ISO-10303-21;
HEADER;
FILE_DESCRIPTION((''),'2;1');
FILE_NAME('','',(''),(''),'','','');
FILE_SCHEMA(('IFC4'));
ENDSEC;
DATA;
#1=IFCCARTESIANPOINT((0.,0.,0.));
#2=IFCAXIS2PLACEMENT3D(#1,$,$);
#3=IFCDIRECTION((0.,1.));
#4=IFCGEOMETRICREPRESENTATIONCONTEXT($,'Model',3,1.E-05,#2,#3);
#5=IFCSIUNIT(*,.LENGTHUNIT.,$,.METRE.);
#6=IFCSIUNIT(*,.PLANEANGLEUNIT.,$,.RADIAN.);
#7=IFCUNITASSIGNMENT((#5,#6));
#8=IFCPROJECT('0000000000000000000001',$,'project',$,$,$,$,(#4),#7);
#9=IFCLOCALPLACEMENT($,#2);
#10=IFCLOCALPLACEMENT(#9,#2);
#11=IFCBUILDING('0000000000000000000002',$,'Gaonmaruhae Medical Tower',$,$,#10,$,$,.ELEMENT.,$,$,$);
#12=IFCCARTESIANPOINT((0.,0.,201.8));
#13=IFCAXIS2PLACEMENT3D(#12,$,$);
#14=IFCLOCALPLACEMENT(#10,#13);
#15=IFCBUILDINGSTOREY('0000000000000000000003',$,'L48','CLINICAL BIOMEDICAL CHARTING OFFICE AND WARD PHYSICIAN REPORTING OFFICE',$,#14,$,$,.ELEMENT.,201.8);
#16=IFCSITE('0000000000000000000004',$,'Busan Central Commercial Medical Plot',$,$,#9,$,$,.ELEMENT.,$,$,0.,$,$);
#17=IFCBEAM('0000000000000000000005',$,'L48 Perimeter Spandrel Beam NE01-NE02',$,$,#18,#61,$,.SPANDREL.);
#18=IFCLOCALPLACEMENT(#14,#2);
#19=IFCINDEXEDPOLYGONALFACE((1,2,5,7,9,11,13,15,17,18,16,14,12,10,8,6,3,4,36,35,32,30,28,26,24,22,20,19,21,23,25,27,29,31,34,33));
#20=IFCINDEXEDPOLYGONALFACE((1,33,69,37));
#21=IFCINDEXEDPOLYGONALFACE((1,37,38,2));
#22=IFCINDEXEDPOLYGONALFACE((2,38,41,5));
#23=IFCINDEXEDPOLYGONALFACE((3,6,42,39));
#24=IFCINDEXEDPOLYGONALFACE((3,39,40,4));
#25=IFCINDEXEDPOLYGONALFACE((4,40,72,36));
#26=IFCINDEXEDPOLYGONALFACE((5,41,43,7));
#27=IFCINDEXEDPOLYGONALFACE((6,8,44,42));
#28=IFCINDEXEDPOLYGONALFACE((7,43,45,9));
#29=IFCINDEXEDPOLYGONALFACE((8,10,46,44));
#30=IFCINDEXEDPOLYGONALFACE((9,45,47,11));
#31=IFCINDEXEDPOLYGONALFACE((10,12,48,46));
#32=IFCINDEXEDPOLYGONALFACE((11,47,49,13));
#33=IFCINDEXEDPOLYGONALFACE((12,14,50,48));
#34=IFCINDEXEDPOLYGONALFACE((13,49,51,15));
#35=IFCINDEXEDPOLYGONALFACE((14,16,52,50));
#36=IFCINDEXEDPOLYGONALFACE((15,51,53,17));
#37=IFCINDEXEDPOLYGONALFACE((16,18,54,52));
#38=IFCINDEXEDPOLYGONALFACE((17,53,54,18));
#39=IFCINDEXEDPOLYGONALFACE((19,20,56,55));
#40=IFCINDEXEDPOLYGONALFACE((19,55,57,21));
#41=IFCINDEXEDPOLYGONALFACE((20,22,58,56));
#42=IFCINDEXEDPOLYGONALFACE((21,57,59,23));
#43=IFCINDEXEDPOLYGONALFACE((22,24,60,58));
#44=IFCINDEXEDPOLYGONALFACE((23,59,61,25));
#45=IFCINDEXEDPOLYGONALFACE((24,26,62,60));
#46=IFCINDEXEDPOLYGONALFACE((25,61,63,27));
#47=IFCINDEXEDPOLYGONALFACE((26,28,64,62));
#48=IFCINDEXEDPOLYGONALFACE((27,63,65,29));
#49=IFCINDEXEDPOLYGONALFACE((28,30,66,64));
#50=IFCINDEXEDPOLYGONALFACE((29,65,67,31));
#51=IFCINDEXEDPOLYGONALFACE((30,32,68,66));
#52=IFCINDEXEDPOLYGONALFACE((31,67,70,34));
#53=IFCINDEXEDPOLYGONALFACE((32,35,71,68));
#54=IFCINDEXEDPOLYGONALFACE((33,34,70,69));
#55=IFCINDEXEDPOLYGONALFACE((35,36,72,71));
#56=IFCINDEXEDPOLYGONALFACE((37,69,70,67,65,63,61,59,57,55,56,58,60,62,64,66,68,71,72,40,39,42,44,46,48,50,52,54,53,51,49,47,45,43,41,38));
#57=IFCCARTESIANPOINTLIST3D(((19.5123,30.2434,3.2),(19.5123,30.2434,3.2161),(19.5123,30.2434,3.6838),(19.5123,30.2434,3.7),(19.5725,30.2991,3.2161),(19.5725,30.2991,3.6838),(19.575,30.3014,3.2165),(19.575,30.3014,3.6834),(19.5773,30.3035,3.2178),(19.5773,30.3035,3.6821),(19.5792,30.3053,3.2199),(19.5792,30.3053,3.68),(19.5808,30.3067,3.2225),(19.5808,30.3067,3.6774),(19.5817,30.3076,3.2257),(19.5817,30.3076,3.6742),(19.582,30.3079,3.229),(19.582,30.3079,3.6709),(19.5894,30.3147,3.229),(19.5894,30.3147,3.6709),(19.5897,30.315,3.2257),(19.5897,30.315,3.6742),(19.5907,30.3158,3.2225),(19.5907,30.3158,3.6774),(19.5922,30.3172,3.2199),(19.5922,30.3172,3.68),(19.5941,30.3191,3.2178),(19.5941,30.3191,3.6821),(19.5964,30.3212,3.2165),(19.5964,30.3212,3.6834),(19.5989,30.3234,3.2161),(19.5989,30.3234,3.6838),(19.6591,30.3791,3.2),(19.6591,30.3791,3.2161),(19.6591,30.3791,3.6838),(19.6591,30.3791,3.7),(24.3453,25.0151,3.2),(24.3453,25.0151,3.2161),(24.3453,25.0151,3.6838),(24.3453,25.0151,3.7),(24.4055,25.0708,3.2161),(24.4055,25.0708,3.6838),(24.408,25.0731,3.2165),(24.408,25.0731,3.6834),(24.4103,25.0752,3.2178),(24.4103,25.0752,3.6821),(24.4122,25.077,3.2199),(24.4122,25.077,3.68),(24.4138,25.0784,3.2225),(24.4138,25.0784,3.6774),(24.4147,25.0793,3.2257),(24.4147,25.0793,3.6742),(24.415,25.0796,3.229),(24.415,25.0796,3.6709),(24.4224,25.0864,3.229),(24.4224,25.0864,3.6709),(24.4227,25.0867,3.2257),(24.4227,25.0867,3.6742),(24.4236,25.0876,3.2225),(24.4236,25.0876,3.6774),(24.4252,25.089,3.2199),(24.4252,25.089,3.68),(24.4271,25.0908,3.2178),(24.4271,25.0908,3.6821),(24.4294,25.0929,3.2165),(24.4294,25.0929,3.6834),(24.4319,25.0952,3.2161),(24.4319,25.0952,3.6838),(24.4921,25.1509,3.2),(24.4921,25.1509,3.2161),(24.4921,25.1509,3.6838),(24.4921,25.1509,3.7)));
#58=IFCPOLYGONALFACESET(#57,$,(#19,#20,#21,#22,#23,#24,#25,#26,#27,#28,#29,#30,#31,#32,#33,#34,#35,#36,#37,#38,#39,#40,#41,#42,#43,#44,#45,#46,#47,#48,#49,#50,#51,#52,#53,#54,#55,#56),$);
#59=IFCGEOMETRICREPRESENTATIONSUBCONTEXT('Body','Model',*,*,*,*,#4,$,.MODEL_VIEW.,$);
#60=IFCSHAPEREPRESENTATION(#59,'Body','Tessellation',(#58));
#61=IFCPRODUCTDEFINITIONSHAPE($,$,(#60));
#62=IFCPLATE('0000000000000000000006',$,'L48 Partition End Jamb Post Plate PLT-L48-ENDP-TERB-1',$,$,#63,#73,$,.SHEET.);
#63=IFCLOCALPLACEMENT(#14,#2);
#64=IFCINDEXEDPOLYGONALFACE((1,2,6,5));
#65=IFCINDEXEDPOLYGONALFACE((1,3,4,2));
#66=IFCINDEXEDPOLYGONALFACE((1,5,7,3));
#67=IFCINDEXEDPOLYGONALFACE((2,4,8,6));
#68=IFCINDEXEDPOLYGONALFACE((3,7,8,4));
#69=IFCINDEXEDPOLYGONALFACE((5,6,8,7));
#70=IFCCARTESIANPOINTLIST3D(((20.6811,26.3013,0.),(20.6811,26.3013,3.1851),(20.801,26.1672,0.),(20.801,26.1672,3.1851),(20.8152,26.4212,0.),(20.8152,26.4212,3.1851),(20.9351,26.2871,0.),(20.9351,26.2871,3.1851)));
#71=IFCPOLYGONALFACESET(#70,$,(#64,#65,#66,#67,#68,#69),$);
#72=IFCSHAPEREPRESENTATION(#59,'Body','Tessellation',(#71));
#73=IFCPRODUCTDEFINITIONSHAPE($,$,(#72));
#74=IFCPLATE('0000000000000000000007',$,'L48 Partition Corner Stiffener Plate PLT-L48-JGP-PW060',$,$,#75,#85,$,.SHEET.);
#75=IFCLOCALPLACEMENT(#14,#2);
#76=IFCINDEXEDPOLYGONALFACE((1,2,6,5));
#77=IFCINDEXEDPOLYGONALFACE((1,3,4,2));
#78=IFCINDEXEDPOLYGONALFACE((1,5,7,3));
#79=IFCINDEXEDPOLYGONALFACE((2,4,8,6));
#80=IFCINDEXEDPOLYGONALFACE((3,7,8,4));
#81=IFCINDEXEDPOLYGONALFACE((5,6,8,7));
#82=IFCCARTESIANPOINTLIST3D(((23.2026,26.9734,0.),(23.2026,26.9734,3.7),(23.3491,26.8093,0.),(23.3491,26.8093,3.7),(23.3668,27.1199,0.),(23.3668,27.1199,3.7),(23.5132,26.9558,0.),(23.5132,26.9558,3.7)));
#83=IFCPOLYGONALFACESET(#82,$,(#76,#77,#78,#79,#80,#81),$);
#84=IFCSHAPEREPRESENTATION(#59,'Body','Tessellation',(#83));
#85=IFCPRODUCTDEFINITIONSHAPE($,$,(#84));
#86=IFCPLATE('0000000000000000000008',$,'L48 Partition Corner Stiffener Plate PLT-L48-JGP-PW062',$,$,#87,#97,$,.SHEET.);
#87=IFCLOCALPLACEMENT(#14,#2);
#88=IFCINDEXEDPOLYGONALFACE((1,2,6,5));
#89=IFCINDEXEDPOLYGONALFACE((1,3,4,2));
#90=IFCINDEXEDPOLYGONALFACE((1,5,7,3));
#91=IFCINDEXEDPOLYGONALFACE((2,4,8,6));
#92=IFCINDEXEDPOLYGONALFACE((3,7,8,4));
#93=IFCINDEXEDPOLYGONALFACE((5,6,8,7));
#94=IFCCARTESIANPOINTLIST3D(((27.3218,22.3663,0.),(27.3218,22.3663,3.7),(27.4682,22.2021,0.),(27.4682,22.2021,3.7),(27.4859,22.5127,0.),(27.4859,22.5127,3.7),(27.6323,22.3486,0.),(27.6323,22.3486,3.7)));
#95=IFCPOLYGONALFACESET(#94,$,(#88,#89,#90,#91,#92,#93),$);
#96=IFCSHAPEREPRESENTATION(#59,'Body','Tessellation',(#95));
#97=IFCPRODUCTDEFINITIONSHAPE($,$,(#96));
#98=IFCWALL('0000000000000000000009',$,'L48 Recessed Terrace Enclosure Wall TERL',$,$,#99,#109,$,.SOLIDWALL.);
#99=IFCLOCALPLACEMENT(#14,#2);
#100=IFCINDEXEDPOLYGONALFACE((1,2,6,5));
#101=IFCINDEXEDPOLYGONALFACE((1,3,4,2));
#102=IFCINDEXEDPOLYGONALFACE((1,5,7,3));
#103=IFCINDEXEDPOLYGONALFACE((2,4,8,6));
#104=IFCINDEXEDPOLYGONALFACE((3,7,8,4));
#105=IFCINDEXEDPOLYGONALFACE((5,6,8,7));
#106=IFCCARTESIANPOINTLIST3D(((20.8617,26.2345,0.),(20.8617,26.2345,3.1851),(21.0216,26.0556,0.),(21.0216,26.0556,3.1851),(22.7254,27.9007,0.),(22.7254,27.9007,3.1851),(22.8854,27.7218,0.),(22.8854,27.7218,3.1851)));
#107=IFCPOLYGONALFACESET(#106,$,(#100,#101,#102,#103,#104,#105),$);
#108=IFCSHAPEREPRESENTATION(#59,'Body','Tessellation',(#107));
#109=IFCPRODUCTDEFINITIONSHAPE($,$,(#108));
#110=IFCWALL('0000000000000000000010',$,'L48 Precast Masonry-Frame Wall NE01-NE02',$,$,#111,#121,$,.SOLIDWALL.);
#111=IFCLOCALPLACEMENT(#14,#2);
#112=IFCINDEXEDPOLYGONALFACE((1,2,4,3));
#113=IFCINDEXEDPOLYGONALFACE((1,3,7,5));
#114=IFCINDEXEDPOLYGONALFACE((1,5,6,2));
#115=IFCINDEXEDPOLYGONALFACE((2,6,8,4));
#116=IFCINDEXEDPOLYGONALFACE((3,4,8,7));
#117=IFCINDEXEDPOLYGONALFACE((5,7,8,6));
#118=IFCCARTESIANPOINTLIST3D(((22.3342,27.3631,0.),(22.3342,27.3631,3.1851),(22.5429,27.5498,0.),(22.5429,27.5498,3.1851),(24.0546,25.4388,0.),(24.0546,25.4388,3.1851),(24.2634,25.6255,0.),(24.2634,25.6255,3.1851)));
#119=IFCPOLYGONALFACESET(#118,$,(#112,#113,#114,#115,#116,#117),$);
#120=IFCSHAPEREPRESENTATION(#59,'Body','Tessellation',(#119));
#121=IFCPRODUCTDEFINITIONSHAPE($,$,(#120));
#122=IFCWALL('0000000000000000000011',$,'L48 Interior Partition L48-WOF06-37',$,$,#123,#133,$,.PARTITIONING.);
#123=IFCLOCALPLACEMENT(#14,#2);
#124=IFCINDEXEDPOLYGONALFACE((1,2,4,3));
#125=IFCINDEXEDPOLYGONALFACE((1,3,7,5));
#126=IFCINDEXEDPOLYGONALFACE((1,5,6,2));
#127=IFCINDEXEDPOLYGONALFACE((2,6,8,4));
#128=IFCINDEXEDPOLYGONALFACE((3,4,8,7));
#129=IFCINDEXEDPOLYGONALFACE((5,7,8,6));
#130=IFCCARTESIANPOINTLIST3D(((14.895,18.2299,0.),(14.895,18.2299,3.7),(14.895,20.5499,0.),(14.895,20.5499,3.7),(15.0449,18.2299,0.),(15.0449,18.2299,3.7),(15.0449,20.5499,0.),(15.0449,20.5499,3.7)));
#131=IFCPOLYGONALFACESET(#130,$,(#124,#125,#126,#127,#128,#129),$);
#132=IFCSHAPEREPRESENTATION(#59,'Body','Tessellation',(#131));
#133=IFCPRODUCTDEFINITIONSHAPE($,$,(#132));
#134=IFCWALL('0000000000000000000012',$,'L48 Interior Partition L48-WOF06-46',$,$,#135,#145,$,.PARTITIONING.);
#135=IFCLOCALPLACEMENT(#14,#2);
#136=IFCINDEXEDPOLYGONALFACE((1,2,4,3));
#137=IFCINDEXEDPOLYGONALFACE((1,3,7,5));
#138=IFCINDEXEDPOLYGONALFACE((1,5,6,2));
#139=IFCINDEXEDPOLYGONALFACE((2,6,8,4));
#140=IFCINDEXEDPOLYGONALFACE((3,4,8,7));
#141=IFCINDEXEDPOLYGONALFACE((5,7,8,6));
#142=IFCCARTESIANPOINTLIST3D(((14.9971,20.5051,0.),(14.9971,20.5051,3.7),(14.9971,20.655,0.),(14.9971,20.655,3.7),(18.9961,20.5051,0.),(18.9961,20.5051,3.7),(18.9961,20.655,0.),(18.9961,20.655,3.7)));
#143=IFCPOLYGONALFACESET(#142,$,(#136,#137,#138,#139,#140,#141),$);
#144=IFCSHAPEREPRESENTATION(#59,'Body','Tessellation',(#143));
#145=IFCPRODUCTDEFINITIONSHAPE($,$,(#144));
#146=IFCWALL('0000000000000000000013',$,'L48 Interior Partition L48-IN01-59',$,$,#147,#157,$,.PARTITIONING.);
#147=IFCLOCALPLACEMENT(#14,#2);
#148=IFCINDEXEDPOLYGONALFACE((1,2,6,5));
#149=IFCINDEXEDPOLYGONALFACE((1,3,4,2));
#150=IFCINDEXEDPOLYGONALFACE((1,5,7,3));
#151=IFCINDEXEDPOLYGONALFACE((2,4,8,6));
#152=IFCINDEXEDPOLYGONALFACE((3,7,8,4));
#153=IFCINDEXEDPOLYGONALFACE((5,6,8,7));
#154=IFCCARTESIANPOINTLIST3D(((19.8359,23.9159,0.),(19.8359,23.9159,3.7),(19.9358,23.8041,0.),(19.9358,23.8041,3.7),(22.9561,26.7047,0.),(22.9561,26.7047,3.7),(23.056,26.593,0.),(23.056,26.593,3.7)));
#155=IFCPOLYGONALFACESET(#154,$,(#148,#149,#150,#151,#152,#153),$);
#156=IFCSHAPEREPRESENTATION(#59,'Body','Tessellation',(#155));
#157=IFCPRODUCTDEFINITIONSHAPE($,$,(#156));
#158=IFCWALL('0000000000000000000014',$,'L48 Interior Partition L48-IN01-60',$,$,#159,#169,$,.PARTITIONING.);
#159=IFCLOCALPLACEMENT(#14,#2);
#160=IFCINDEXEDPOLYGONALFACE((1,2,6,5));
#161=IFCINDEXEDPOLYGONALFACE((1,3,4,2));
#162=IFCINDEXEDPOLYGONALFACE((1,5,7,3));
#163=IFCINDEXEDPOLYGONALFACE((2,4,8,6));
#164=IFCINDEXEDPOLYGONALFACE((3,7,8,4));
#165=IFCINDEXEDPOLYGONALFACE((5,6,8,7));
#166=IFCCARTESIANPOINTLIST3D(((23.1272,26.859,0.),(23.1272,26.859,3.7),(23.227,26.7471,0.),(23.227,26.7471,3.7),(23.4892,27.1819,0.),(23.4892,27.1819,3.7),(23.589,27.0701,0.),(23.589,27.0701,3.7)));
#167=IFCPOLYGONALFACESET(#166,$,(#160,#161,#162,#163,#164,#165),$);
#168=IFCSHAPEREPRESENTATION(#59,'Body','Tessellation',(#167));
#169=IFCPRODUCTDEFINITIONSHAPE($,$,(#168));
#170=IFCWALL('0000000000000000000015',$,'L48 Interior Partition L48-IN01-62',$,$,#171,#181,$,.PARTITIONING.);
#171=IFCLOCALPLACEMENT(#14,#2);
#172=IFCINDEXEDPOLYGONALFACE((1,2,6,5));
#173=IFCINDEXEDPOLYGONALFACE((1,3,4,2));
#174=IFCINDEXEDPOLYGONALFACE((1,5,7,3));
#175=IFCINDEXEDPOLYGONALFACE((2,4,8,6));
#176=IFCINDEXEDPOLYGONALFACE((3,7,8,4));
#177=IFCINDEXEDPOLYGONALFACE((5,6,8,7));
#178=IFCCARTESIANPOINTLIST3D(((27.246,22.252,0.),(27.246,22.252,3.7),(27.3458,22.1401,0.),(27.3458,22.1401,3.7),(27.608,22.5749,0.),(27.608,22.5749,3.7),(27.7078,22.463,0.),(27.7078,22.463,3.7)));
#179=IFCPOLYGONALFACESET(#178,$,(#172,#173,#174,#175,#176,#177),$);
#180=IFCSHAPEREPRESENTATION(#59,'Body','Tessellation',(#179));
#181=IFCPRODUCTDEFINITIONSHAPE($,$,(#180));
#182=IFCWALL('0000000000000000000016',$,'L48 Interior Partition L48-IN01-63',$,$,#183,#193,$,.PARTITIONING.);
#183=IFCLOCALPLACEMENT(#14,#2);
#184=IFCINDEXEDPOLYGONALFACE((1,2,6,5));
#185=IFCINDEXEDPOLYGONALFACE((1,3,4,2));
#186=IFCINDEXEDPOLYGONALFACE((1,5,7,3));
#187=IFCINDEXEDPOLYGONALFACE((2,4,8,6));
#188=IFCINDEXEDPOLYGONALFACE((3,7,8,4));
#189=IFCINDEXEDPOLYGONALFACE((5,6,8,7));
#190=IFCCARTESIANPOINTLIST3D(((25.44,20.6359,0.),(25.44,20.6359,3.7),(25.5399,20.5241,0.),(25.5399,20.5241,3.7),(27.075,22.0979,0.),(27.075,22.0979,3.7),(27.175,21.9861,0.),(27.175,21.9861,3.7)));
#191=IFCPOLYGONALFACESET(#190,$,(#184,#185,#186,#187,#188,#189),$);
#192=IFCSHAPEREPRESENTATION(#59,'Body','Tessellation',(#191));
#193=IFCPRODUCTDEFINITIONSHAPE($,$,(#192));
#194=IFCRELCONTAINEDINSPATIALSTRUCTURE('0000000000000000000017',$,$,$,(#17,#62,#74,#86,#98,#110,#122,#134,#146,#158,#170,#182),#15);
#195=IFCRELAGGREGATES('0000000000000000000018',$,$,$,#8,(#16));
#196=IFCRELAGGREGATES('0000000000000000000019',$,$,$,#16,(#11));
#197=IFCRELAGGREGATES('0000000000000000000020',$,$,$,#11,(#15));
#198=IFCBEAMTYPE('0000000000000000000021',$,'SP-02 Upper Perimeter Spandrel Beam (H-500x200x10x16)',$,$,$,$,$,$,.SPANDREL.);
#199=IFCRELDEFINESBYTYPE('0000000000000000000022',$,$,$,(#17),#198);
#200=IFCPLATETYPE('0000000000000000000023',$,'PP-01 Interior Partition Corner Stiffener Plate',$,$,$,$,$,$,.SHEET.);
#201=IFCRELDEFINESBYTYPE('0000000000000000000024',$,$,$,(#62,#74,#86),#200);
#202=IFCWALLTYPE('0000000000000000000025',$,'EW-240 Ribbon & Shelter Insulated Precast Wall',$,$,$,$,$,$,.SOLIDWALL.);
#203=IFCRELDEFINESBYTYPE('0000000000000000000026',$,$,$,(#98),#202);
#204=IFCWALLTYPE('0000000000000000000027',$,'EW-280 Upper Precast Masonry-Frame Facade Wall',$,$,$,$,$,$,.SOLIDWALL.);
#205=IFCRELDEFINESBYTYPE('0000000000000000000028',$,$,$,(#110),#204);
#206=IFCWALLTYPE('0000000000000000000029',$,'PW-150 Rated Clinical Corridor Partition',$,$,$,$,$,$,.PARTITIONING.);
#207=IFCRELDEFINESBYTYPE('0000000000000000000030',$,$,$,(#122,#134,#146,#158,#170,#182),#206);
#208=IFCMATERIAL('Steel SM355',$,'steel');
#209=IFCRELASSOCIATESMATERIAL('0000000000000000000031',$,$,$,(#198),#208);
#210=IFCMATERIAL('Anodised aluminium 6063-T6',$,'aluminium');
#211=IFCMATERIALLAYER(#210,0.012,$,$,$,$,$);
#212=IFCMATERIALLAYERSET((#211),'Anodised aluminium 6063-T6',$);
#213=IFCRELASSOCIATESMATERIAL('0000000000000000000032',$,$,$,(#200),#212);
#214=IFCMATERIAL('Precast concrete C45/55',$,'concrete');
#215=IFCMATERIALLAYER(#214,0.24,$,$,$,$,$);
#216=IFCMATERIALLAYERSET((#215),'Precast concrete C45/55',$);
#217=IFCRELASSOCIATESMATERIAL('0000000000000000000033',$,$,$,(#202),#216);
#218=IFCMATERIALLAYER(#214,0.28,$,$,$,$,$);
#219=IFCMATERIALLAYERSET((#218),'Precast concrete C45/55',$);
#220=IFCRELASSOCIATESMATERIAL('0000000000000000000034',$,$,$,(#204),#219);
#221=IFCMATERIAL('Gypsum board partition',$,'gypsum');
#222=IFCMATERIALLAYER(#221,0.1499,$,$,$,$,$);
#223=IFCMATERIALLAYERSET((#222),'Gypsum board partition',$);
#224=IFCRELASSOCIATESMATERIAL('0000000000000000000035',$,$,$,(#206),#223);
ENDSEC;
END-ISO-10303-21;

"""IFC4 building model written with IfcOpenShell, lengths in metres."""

from ifc_helpers import new_model, si_unit, direction, frame, frame_2d, origin, origin_2d, place, context, subcontext, project, spatial, rectangle, i_section, extrude, material, layer, layer_set, material_profile, profile_set, type_object, element, save


model = new_model("IFC4")

# Units and contexts
model_context = context("Model", 3, precision=1e-05, world=origin(), true_north=direction((0.0, 1.0)))
body_context = subcontext(model_context, "Body", "Model", "MODEL_VIEW")
ifc_project = project(units=[si_unit("LENGTHUNIT", "METRE"), si_unit("PLANEANGLEUNIT", "RADIAN")], contexts=[model_context])

# Site, building, storey
site_placement = place(None, origin())
site = spatial("IfcSite", under=ifc_project, at=site_placement, Name="Busan Central Commercial Medical Plot", CompositionType="ELEMENT", RefElevation=0.0)
building_placement = place(site_placement, origin())
building = spatial("IfcBuilding", under=site, at=building_placement, Name="Gaonmaruhae Medical Tower", CompositionType="ELEMENT")
storey_placement = place(building_placement, frame((0.0, 0.0, 201.8)))
storey = spatial("IfcBuildingStorey", under=building, at=storey_placement, Name="L48", Description="CLINICAL BIOMEDICAL CHARTING OFFICE AND WARD PHYSICIAN REPORTING OFFICE", CompositionType="ELEMENT", Elevation=201.8)

# Beam
ifc_material_1 = material(Name="Steel SM355", Category="steel")
ifc_material_profile_1 = material_profile(ifc_material_1, i_section(OverallWidth=0.2, OverallDepth=0.5, WebThickness=0.01, FlangeThickness=0.0161, FilletRadius=0.0129, at=origin_2d()), Name="H-500x200x10x16")
ifc_profile_set_1 = profile_set([ifc_material_profile_1], Name="Steel SM355")
beam_type_1 = type_object("IfcBeamType", Name="SP-02 Upper Perimeter Spandrel Beam (H-500x200x10x16)", PredefinedType="SPANDREL", material=ifc_profile_set_1)
beam_1_placement = place(storey_placement, frame((24.4187, 25.083, 3.45), z_axis=(-0.678804, 0.734319, 0.0), x_axis=(-0.734319, -0.678804, 0.0)))
element("IfcBeam", 1, at=beam_1_placement, inside=storey, type_object=beam_type_1, Name="L48 Perimeter Spandrel Beam NE01-NE02", PredefinedType="SPANDREL", context=body_context, shape_type="SweptSolid", body=[
    extrude(i_section(OverallWidth=0.2, OverallDepth=0.5, WebThickness=0.01, FlangeThickness=0.0161, FilletRadius=0.0129, at=origin_2d()), origin(), (0.0, 0.0, 1.0), 7.1199),
])

# Plates
ifc_material_2 = material(Name="Anodised aluminium 6063-T6", Category="aluminium")
ifc_layer_1 = layer(ifc_material_2, 0.012)
ifc_layer_set_1 = layer_set([ifc_layer_1], Name="Anodised aluminium 6063-T6")
plate_type = type_object("IfcPlateType", Name="PP-01 Interior Partition Corner Stiffener Plate", PredefinedType="SHEET", material=ifc_layer_set_1)
plate_placement = place(storey_placement, frame((20.8081, 26.2942, 0.0), z_axis=(0.0, 0.0, 1.0), x_axis=(0.666519, -0.745488, 0.0)))
element("IfcPlate", 2, at=plate_placement, inside=storey, type_object=plate_type, Name="L48 Partition End Jamb Post Plate PLT-L48-ENDP-TERB-1", PredefinedType="SHEET", context=body_context, shape_type="SweptSolid", body=[
    extrude(rectangle(XDim=0.1799, YDim=0.1799, at=origin_2d()), origin(), (0.0, 0.0, 1.0), 3.1851),
])
for number, where, z_axis, x_axis, name in (
    (3, (23.3579, 26.9646, 0.0), (0.0, 0.0, 1.0), (0.746162, 0.665764, 0.0), "L48 Partition Corner Stiffener Plate PLT-L48-JGP-PW060"),
    (4, (27.4771, 22.3574, 0.0), (0.0, 0.0, 1.0), (-0.746162, -0.665764, 0.0), "L48 Partition Corner Stiffener Plate PLT-L48-JGP-PW062"),
):
    element("IfcPlate", number, at=place(storey_placement, frame(where, z_axis=z_axis, x_axis=x_axis)), inside=storey, type_object=plate_type, Name=name, PredefinedType="SHEET", context=body_context, shape_type="SweptSolid", body=[
        extrude(rectangle(XDim=0.22, YDim=0.22, at=origin_2d()), origin(), (0.0, 0.0, 1.0), 3.7),
    ])

# Walls
ifc_material_3 = material(Name="Precast concrete C45/55", Category="concrete")
ifc_layer_2 = layer(ifc_material_3, 0.24)
ifc_layer_set_2 = layer_set([ifc_layer_2], Name="Precast concrete C45/55")
wall_type_1 = type_object("IfcWallType", Name="EW-240 Ribbon & Shelter Insulated Precast Wall", PredefinedType="SOLIDWALL", material=ifc_layer_set_2)
wall_1_placement = place(storey_placement, frame((20.9417, 26.145, 0.0), z_axis=(0.0, 0.0, 1.0), x_axis=(0.745504, 0.666501, 0.0)))
element("IfcWall", 5, at=wall_1_placement, inside=storey, type_object=wall_type_1, Name="L48 Recessed Terrace Enclosure Wall TERL", PredefinedType="SOLIDWALL", context=body_context, shape_type="SweptSolid", body=[
    extrude(rectangle(XDim=2.5, YDim=0.24, at=frame_2d((1.25, 0.0))), origin(), (0.0, 0.0, 1.0), 3.1851),
])
ifc_layer_3 = layer(ifc_material_3, 0.28)
ifc_layer_set_3 = layer_set([ifc_layer_3], Name="Precast concrete C45/55")
wall_type_2 = type_object("IfcWallType", Name="EW-280 Upper Precast Masonry-Frame Facade Wall", PredefinedType="SOLIDWALL", material=ifc_layer_set_3)
wall_2_placement = place(storey_placement, frame((24.1589, 25.5322, 0.0), z_axis=(0.0, 0.0, 1.0), x_axis=(-0.666516, 0.745491, 0.0)))
element("IfcWall", 6, at=wall_2_placement, inside=storey, type_object=wall_type_2, Name="L48 Precast Masonry-Frame Wall NE01-NE02", PredefinedType="SOLIDWALL", context=body_context, shape_type="SweptSolid", body=[
    extrude(rectangle(XDim=2.5813, YDim=0.28, at=frame_2d((1.2905, 0.0))), origin(), (0.0, 0.0, 1.0), 3.1851),
])
ifc_material_4 = material(Name="Gypsum board partition", Category="gypsum")
ifc_layer_4 = layer(ifc_material_4, 0.1499)
ifc_layer_set_4 = layer_set([ifc_layer_4], Name="Gypsum board partition")
wall_type_3 = type_object("IfcWallType", Name="PW-150 Rated Clinical Corridor Partition", PredefinedType="PARTITIONING", material=ifc_layer_set_4)
wall_3_placement = place(storey_placement, frame((14.97, 20.55, 0.0), z_axis=(0.0, 0.0, 1.0), x_axis=(0.0, -1.0, 0.0)))
element("IfcWall", 7, at=wall_3_placement, inside=storey, type_object=wall_type_3, Name="L48 Interior Partition L48-WOF06-37", PredefinedType="PARTITIONING", context=body_context, shape_type="SweptSolid", body=[
    extrude(rectangle(XDim=2.3201, YDim=0.1499, at=frame_2d((1.1602, 0.0))), origin(), (0.0, 0.0, 1.0), 3.7),
])
wall_4_placement = place(storey_placement, frame((18.9961, 20.5801, 0.0), z_axis=(0.0, 0.0, 1.0), x_axis=(-1.0, 0.0, 0.0)))
element("IfcWall", 8, at=wall_4_placement, inside=storey, type_object=wall_type_3, Name="L48 Interior Partition L48-WOF06-46", PredefinedType="PARTITIONING", context=body_context, shape_type="SweptSolid", body=[
    extrude(rectangle(XDim=3.999, YDim=0.1499, at=frame_2d((1.9995, 0.0))), origin(), (0.0, 0.0, 1.0), 3.7),
])
wall_5_placement = place(storey_placement, frame((19.886, 23.8601, 0.0), z_axis=(0.0, 0.0, 1.0), x_axis=(0.745581, 0.666414, 0.0)))
element("IfcWall", 9, at=wall_5_placement, inside=storey, type_object=wall_type_3, Name="L48 Interior Partition L48-IN01-59", PredefinedType="PARTITIONING", context=body_context, shape_type="SweptSolid", body=[
    extrude(rectangle(XDim=4.1848, YDim=0.1499, at=frame_2d((2.0923, 0.0))), origin(), (0.0, 0.0, 1.0), 3.7),
])
for number, where, z_axis, x_axis, name in (
    (10, (23.177, 26.803, 0.0), (0.0, 0.0, 1.0), (0.746214, 0.665706, 0.0), "L48 Interior Partition L48-IN01-60"),
    (11, (27.658, 22.519, 0.0), (0.0, 0.0, 1.0), (-0.746214, -0.665706, 0.0), "L48 Interior Partition L48-IN01-62"),
):
    element("IfcWall", number, at=place(storey_placement, frame(where, z_axis=z_axis, x_axis=x_axis)), inside=storey, type_object=wall_type_3, Name=name, PredefinedType="PARTITIONING", context=body_context, shape_type="SweptSolid", body=[
        extrude(rectangle(XDim=0.4851, YDim=0.1499, at=frame_2d((0.2427, 0.0))), origin(), (0.0, 0.0, 1.0), 3.7),
    ])
wall_6_placement = place(storey_placement, frame((27.125, 22.042, 0.0), z_axis=(0.0, 0.0, 1.0), x_axis=(-0.745465, -0.666544, 0.0)))
element("IfcWall", 12, at=wall_6_placement, inside=storey, type_object=wall_type_3, Name="L48 Interior Partition L48-IN01-63", PredefinedType="PARTITIONING", context=body_context, shape_type="SweptSolid", body=[
    extrude(rectangle(XDim=2.1934, YDim=0.1499, at=frame_2d((1.0967, 0.0))), origin(), (0.0, 0.0, 1.0), 3.7),
])

save(model, "model.ifc")
